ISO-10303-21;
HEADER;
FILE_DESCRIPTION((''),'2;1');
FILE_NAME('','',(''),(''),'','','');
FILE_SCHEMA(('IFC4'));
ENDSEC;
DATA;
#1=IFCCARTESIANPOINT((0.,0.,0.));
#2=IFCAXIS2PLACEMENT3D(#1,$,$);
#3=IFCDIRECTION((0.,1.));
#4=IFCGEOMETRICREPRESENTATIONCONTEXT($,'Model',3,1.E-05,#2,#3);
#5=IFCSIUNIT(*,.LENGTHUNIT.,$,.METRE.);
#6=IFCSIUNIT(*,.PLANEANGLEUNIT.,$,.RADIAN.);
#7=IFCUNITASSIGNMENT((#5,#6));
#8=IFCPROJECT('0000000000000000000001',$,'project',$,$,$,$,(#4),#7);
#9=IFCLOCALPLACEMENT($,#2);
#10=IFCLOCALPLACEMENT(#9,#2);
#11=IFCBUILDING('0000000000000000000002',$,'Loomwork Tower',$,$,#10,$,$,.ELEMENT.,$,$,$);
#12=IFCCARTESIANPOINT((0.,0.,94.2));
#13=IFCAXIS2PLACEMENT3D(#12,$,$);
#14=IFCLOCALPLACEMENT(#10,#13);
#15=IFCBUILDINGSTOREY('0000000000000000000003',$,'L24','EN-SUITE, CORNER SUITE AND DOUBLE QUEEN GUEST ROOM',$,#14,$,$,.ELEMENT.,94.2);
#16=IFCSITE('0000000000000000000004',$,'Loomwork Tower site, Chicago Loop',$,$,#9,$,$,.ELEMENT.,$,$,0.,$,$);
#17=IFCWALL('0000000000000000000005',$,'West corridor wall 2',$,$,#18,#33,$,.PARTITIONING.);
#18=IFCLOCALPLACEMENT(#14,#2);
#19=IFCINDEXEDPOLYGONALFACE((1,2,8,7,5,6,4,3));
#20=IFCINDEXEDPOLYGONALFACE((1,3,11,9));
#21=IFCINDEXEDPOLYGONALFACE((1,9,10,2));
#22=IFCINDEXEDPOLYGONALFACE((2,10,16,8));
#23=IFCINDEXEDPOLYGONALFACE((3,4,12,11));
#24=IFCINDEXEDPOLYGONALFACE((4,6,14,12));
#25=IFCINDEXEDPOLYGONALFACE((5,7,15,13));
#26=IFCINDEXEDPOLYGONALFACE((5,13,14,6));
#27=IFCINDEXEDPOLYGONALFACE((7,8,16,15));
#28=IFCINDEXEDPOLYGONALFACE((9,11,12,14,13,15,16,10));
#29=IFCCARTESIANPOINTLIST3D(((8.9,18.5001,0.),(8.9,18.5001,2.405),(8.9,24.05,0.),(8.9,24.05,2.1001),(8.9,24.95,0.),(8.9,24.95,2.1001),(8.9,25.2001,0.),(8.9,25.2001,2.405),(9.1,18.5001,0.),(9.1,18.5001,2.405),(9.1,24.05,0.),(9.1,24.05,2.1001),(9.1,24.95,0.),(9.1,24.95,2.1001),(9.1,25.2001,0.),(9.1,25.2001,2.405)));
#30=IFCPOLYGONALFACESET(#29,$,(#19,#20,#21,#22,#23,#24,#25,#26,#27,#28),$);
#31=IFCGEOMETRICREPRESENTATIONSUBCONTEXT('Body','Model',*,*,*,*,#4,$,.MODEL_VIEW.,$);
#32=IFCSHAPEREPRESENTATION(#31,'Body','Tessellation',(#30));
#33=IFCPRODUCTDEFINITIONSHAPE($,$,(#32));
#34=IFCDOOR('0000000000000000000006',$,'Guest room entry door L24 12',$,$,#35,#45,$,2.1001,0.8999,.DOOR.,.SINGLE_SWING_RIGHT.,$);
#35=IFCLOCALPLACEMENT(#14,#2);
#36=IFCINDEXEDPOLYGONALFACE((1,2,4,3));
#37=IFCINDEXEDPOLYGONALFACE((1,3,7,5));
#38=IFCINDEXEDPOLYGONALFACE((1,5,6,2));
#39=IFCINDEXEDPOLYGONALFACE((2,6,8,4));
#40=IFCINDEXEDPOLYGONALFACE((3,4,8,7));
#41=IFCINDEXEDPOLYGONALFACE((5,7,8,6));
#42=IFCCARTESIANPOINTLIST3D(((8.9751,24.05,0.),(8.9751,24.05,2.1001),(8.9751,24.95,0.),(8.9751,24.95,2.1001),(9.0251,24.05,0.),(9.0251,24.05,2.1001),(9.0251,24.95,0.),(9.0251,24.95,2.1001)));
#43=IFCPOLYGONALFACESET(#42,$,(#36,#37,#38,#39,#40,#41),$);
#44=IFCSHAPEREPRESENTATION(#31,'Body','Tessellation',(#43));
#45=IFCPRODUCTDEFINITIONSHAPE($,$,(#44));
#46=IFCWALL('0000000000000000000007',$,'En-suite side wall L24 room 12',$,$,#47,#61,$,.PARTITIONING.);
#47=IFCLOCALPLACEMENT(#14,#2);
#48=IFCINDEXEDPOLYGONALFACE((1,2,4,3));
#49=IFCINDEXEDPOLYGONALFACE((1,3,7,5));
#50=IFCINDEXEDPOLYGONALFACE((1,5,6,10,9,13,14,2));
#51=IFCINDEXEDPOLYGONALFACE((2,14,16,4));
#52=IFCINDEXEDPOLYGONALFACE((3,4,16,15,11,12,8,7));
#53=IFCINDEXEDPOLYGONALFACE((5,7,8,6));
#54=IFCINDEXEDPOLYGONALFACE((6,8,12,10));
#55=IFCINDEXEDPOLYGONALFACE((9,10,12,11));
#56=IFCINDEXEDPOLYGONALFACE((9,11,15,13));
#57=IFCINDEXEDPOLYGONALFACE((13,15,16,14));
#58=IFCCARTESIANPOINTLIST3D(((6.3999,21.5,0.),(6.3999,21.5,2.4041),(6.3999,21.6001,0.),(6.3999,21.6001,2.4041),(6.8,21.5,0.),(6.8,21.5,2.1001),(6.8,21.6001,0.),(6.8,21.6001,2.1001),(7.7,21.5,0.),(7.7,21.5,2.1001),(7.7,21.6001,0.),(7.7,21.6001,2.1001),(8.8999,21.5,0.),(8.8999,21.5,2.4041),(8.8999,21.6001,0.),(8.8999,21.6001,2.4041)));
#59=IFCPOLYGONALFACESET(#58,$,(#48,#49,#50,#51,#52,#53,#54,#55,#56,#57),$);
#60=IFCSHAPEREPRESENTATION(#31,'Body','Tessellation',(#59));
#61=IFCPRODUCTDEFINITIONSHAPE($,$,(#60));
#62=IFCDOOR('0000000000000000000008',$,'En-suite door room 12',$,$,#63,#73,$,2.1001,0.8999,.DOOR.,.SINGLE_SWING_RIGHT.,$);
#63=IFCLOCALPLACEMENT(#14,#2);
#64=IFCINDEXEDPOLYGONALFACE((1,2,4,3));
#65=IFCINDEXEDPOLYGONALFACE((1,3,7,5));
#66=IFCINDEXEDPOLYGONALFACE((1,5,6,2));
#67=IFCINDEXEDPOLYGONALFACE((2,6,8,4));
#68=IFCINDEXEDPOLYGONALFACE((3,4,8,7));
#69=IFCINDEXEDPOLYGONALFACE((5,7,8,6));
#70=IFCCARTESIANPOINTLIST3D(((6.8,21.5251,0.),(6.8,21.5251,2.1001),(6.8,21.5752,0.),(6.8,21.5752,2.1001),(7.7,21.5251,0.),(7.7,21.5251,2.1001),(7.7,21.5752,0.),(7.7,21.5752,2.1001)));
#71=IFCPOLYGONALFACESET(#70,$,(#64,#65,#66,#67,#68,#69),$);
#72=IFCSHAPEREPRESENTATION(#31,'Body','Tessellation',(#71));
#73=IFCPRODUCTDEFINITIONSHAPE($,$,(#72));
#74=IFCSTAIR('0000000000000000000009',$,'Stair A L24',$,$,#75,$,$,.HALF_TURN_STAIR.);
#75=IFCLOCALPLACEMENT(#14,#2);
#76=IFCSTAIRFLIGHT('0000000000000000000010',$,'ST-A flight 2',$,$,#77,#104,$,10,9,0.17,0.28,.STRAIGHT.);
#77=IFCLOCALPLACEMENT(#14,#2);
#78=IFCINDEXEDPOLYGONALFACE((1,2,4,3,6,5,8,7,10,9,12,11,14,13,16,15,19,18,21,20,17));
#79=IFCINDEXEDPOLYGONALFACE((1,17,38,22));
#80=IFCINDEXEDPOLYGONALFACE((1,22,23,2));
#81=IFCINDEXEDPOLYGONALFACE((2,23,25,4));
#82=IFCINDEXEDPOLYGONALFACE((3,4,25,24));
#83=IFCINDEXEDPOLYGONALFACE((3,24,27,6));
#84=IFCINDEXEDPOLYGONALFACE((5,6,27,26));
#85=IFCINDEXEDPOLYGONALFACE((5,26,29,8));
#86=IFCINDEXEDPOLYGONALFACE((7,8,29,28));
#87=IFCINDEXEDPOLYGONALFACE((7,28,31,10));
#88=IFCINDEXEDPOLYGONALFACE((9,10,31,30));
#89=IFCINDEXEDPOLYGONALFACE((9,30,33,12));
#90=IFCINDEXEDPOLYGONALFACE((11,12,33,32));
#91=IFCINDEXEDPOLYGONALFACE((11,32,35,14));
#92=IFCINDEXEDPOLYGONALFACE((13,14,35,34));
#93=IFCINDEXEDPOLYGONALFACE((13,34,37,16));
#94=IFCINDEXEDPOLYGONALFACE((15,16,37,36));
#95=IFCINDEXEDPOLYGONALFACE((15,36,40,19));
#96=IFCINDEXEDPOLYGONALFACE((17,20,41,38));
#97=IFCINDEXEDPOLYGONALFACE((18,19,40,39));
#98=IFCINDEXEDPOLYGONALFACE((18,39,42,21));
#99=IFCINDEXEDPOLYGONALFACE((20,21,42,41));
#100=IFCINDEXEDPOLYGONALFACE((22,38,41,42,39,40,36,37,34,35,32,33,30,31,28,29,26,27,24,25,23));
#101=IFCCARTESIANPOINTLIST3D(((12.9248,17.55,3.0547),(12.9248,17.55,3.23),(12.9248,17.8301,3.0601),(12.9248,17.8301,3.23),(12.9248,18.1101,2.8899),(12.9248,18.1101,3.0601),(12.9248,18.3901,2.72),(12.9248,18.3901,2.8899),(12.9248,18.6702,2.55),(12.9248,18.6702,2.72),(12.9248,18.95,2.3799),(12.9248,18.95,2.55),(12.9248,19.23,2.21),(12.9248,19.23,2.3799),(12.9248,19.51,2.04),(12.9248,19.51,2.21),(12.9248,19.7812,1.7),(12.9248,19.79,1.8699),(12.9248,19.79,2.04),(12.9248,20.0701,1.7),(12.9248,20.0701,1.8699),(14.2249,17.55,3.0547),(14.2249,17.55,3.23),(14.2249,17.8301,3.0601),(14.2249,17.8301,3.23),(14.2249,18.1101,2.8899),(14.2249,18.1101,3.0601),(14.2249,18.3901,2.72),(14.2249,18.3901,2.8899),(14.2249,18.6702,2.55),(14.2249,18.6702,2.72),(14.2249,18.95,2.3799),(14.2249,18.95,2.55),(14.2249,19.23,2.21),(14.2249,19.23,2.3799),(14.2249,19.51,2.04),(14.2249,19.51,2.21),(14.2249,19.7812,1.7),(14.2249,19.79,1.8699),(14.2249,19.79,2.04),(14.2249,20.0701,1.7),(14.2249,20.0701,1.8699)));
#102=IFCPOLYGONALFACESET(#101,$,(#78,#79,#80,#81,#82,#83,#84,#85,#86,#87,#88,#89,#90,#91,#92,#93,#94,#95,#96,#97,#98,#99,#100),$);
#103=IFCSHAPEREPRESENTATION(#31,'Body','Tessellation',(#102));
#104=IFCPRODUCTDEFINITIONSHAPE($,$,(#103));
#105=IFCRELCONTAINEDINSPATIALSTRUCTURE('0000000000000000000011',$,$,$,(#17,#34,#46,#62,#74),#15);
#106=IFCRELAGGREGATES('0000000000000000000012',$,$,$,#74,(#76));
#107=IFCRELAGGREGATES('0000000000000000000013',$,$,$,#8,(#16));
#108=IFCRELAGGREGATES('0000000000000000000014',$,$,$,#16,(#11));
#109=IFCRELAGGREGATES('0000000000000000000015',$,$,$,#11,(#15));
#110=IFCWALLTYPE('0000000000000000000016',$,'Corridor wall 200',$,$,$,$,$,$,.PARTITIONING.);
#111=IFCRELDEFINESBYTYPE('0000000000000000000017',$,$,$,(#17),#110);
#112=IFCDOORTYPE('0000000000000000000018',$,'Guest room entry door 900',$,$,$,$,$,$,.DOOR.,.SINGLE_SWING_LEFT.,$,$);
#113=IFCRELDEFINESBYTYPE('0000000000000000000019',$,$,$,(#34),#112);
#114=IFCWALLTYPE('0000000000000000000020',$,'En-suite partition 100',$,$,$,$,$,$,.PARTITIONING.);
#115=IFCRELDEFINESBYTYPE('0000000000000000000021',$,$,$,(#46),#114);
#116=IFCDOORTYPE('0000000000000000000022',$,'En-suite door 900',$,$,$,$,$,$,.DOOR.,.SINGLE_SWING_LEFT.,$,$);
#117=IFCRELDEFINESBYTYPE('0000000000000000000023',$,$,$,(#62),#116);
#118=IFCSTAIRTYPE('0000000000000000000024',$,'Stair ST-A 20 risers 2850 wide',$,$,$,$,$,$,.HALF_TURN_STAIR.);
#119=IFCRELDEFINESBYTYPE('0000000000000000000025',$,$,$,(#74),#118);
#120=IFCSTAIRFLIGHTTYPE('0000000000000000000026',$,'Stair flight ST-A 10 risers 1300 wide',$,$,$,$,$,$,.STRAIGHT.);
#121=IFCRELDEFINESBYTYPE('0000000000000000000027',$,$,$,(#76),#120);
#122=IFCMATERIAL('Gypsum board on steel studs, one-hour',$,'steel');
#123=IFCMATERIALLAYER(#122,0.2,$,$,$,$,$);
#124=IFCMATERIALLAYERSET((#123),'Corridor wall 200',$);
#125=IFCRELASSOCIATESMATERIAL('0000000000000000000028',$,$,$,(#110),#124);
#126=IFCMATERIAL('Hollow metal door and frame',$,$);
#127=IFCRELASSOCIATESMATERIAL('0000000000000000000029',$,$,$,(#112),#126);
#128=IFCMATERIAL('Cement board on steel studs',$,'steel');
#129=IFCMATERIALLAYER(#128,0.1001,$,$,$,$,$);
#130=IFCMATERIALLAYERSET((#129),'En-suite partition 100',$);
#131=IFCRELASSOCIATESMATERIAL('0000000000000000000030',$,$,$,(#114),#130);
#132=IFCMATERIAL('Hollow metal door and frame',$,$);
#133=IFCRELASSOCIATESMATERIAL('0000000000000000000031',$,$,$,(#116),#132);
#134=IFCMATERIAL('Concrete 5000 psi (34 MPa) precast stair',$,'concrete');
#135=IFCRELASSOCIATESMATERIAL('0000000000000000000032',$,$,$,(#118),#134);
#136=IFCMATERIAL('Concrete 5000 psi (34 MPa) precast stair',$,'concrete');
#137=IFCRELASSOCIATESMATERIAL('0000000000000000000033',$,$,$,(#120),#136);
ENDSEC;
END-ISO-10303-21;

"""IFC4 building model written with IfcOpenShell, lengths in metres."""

from ifc_helpers import new_model, si_unit, direction, frame, frame_2d, origin, place, context, subcontext, project, spatial, polyline, rectangle, outline, extrude, material, layer, layer_set, type_object, element, fill, aggregate, save


model = new_model("IFC4")

# Units and contexts
model_context = context("Model", 3, precision=1e-05, world=origin(), true_north=direction((0.0, 1.0)))
body_context = subcontext(model_context, "Body", "Model", "MODEL_VIEW")
ifc_project = project(units=[si_unit("LENGTHUNIT", "METRE"), si_unit("PLANEANGLEUNIT", "RADIAN")], contexts=[model_context])

# Site, building, storey
site_placement = place(None, origin())
site = spatial("IfcSite", under=ifc_project, at=site_placement, Name="Loomwork Tower site, Chicago Loop", CompositionType="ELEMENT", RefElevation=0.0)
building_placement = place(site_placement, origin())
building = spatial("IfcBuilding", under=site, at=building_placement, Name="Loomwork Tower", CompositionType="ELEMENT")
storey_placement = place(building_placement, frame((0.0, 0.0, 94.2)))
storey = spatial("IfcBuildingStorey", under=building, at=storey_placement, Name="L24", Description="EN-SUITE, CORNER SUITE AND DOUBLE QUEEN GUEST ROOM", CompositionType="ELEMENT", Elevation=94.2)

# Shared definitions
ifc_material_1 = material(Name="Gypsum board on steel studs, one-hour", Category="steel")
ifc_layer_1 = layer(ifc_material_1, 0.2)
ifc_layer_set_1 = layer_set([ifc_layer_1], Name="Corridor wall 200")
wall_type_1 = type_object("IfcWallType", Name="Corridor wall 200", PredefinedType="PARTITIONING", material=ifc_layer_set_1)

# Walls, openings, doors
wall_1_placement = place(storey_placement, frame((9.0, 18.5, 0.0), z_axis=(0.0, 0.0, 1.0), x_axis=(0.0, 1.0, 0.0)))
wall_1 = element("IfcWall", 1, at=wall_1_placement, inside=storey, type_object=wall_type_1, Name="West corridor wall 2", PredefinedType="PARTITIONING", context=body_context, shape_type="SweptSolid", body=[
    extrude(rectangle(XDim=6.7, YDim=0.2, at=frame_2d((3.3501, 0.0))), origin(), (0.0, 0.0, 1.0), 2.405),
])
opening_1_placement = place(wall_1_placement, frame((5.55, 0.0, 0.0)))
opening_1 = element("IfcOpeningElement", 2, at=opening_1_placement, cuts=wall_1, PredefinedType="OPENING", context=body_context, shape_type="SweptSolid", body=[
    extrude(rectangle(XDim=0.8999, YDim=2.1001, at=frame_2d((0.45, 1.05))), frame((0.0, 0.1099, 0.0), z_axis=(0.0, -1.0, 0.0), x_axis=(1.0, 0.0, 0.0)), (0.0, 0.0, 1.0), 0.22),
])
ifc_material_2 = material(Name="Hollow metal door and frame")
door_type_1 = type_object("IfcDoorType", Name="Guest room entry door 900", OperationType="SINGLE_SWING_LEFT", PredefinedType="DOOR", material=ifc_material_2)
door_1_placement = place(opening_1_placement, origin())
door_1 = element("IfcDoor", 3, at=door_1_placement, inside=storey, type_object=door_type_1, Name="Guest room entry door L24 12", OperationType="SINGLE_SWING_RIGHT", OverallHeight=2.1001, OverallWidth=0.8999, PredefinedType="DOOR", context=body_context, shape_type="SweptSolid", body=[
    extrude(rectangle(XDim=0.8999, YDim=2.1001, at=frame_2d((0.45, 1.05))), frame((0.0, 0.0249, 0.0), z_axis=(0.0, -1.0, 0.0), x_axis=(1.0, 0.0, 0.0)), (0.0, 0.0, 1.0), 0.05),
])
fill(opening_1, door_1)
ifc_material_3 = material(Name="Cement board on steel studs", Category="steel")
ifc_layer_2 = layer(ifc_material_3, 0.1001)
ifc_layer_set_2 = layer_set([ifc_layer_2], Name="En-suite partition 100")
wall_type_2 = type_object("IfcWallType", Name="En-suite partition 100", PredefinedType="PARTITIONING", material=ifc_layer_set_2)
wall_2_placement = place(storey_placement, frame((8.8999, 21.55, 0.0), z_axis=(0.0, 0.0, 1.0), x_axis=(-1.0, 0.0, 0.0)))
wall_2 = element("IfcWall", 4, at=wall_2_placement, inside=storey, type_object=wall_type_2, Name="En-suite side wall L24 room 12", PredefinedType="PARTITIONING", context=body_context, shape_type="SweptSolid", body=[
    extrude(rectangle(XDim=2.5, YDim=0.1001, at=frame_2d((1.25, 0.0))), origin(), (0.0, 0.0, 1.0), 2.4041),
])
opening_2_placement = place(wall_2_placement, frame((1.2, 0.0, 0.0)))
opening_2 = element("IfcOpeningElement", 5, at=opening_2_placement, cuts=wall_2, PredefinedType="OPENING", context=body_context, shape_type="SweptSolid", body=[
    extrude(rectangle(XDim=0.8999, YDim=2.1001, at=frame_2d((0.45, 1.05))), frame((0.0, 0.0601, 0.0), z_axis=(0.0, -1.0, 0.0), x_axis=(1.0, 0.0, 0.0)), (0.0, 0.0, 1.0), 0.1201),
])
ifc_material_4 = material(Name="Hollow metal door and frame")
door_type_2 = type_object("IfcDoorType", Name="En-suite door 900", OperationType="SINGLE_SWING_LEFT", PredefinedType="DOOR", material=ifc_material_4)
door_2_placement = place(opening_2_placement, origin())
door_2 = element("IfcDoor", 6, at=door_2_placement, inside=storey, type_object=door_type_2, Name="En-suite door room 12", OperationType="SINGLE_SWING_RIGHT", OverallHeight=2.1001, OverallWidth=0.8999, PredefinedType="DOOR", context=body_context, shape_type="SweptSolid", body=[
    extrude(rectangle(XDim=0.8999, YDim=2.1001, at=frame_2d((0.45, 1.05))), frame((0.0, 0.0249, 0.0), z_axis=(0.0, -1.0, 0.0), x_axis=(1.0, 0.0, 0.0)), (0.0, 0.0, 1.0), 0.05),
])
fill(opening_2, door_2)

# Stair, stair flight
ifc_material_5 = material(Name="Concrete 5000 psi (34 MPa) precast stair", Category="concrete")
stair_type = type_object("IfcStairType", Name="Stair ST-A 20 risers 2850 wide", PredefinedType="HALF_TURN_STAIR", material=ifc_material_5)
stair_placement = place(storey_placement, origin())
stair = element("IfcStair", 7, at=stair_placement, inside=storey, type_object=stair_type, Name="Stair A L24", PredefinedType="HALF_TURN_STAIR")
ifc_material_6 = material(Name="Concrete 5000 psi (34 MPa) precast stair", Category="concrete")
stair_flight_type = type_object("IfcStairFlightType", Name="Stair flight ST-A 10 risers 1300 wide", PredefinedType="STRAIGHT", material=ifc_material_6)
stair_flight_placement = place(storey_placement, frame((13.575, 20.0701, 1.7), z_axis=(0.0, 0.0, 1.0), x_axis=(0.0, -1.0, 0.0)))
stair_flight = element("IfcStairFlight", 8, at=stair_flight_placement, type_object=stair_flight_type, Name="ST-A flight 2", NumberOfRisers=10, NumberOfTreads=9, PredefinedType="STRAIGHT", RiserHeight=0.17, TreadLength=0.28, context=body_context, shape_type="SweptSolid", body=[
    extrude(outline(polyline([(0.0, 0.0), (0.0, 0.1699), (0.28, 0.1699), (0.28, 0.3401), (0.5601, 0.3401), (0.5601, 0.51), (0.8401, 0.51), (0.8401, 0.6799), (1.1201, 0.6799), (1.1201, 0.8501), (1.3999, 0.8501), (1.3999, 1.02), (1.6799, 1.02), (1.6799, 1.1899), (1.96, 1.1899), (1.96, 1.3601), (2.24, 1.3601), (2.24, 1.53), (2.52, 1.53), (2.52, 1.7), (2.52, 1.3547), (0.2888, 0.0), (0.0, 0.0)])), frame((0.0, 0.6499, 0.0), z_axis=(0.0, -1.0, 0.0), x_axis=(1.0, 0.0, 0.0)), (0.0, 0.0, 1.0), 1.3),
])
aggregate(stair, [stair_flight])

save(model, "model.ifc")
